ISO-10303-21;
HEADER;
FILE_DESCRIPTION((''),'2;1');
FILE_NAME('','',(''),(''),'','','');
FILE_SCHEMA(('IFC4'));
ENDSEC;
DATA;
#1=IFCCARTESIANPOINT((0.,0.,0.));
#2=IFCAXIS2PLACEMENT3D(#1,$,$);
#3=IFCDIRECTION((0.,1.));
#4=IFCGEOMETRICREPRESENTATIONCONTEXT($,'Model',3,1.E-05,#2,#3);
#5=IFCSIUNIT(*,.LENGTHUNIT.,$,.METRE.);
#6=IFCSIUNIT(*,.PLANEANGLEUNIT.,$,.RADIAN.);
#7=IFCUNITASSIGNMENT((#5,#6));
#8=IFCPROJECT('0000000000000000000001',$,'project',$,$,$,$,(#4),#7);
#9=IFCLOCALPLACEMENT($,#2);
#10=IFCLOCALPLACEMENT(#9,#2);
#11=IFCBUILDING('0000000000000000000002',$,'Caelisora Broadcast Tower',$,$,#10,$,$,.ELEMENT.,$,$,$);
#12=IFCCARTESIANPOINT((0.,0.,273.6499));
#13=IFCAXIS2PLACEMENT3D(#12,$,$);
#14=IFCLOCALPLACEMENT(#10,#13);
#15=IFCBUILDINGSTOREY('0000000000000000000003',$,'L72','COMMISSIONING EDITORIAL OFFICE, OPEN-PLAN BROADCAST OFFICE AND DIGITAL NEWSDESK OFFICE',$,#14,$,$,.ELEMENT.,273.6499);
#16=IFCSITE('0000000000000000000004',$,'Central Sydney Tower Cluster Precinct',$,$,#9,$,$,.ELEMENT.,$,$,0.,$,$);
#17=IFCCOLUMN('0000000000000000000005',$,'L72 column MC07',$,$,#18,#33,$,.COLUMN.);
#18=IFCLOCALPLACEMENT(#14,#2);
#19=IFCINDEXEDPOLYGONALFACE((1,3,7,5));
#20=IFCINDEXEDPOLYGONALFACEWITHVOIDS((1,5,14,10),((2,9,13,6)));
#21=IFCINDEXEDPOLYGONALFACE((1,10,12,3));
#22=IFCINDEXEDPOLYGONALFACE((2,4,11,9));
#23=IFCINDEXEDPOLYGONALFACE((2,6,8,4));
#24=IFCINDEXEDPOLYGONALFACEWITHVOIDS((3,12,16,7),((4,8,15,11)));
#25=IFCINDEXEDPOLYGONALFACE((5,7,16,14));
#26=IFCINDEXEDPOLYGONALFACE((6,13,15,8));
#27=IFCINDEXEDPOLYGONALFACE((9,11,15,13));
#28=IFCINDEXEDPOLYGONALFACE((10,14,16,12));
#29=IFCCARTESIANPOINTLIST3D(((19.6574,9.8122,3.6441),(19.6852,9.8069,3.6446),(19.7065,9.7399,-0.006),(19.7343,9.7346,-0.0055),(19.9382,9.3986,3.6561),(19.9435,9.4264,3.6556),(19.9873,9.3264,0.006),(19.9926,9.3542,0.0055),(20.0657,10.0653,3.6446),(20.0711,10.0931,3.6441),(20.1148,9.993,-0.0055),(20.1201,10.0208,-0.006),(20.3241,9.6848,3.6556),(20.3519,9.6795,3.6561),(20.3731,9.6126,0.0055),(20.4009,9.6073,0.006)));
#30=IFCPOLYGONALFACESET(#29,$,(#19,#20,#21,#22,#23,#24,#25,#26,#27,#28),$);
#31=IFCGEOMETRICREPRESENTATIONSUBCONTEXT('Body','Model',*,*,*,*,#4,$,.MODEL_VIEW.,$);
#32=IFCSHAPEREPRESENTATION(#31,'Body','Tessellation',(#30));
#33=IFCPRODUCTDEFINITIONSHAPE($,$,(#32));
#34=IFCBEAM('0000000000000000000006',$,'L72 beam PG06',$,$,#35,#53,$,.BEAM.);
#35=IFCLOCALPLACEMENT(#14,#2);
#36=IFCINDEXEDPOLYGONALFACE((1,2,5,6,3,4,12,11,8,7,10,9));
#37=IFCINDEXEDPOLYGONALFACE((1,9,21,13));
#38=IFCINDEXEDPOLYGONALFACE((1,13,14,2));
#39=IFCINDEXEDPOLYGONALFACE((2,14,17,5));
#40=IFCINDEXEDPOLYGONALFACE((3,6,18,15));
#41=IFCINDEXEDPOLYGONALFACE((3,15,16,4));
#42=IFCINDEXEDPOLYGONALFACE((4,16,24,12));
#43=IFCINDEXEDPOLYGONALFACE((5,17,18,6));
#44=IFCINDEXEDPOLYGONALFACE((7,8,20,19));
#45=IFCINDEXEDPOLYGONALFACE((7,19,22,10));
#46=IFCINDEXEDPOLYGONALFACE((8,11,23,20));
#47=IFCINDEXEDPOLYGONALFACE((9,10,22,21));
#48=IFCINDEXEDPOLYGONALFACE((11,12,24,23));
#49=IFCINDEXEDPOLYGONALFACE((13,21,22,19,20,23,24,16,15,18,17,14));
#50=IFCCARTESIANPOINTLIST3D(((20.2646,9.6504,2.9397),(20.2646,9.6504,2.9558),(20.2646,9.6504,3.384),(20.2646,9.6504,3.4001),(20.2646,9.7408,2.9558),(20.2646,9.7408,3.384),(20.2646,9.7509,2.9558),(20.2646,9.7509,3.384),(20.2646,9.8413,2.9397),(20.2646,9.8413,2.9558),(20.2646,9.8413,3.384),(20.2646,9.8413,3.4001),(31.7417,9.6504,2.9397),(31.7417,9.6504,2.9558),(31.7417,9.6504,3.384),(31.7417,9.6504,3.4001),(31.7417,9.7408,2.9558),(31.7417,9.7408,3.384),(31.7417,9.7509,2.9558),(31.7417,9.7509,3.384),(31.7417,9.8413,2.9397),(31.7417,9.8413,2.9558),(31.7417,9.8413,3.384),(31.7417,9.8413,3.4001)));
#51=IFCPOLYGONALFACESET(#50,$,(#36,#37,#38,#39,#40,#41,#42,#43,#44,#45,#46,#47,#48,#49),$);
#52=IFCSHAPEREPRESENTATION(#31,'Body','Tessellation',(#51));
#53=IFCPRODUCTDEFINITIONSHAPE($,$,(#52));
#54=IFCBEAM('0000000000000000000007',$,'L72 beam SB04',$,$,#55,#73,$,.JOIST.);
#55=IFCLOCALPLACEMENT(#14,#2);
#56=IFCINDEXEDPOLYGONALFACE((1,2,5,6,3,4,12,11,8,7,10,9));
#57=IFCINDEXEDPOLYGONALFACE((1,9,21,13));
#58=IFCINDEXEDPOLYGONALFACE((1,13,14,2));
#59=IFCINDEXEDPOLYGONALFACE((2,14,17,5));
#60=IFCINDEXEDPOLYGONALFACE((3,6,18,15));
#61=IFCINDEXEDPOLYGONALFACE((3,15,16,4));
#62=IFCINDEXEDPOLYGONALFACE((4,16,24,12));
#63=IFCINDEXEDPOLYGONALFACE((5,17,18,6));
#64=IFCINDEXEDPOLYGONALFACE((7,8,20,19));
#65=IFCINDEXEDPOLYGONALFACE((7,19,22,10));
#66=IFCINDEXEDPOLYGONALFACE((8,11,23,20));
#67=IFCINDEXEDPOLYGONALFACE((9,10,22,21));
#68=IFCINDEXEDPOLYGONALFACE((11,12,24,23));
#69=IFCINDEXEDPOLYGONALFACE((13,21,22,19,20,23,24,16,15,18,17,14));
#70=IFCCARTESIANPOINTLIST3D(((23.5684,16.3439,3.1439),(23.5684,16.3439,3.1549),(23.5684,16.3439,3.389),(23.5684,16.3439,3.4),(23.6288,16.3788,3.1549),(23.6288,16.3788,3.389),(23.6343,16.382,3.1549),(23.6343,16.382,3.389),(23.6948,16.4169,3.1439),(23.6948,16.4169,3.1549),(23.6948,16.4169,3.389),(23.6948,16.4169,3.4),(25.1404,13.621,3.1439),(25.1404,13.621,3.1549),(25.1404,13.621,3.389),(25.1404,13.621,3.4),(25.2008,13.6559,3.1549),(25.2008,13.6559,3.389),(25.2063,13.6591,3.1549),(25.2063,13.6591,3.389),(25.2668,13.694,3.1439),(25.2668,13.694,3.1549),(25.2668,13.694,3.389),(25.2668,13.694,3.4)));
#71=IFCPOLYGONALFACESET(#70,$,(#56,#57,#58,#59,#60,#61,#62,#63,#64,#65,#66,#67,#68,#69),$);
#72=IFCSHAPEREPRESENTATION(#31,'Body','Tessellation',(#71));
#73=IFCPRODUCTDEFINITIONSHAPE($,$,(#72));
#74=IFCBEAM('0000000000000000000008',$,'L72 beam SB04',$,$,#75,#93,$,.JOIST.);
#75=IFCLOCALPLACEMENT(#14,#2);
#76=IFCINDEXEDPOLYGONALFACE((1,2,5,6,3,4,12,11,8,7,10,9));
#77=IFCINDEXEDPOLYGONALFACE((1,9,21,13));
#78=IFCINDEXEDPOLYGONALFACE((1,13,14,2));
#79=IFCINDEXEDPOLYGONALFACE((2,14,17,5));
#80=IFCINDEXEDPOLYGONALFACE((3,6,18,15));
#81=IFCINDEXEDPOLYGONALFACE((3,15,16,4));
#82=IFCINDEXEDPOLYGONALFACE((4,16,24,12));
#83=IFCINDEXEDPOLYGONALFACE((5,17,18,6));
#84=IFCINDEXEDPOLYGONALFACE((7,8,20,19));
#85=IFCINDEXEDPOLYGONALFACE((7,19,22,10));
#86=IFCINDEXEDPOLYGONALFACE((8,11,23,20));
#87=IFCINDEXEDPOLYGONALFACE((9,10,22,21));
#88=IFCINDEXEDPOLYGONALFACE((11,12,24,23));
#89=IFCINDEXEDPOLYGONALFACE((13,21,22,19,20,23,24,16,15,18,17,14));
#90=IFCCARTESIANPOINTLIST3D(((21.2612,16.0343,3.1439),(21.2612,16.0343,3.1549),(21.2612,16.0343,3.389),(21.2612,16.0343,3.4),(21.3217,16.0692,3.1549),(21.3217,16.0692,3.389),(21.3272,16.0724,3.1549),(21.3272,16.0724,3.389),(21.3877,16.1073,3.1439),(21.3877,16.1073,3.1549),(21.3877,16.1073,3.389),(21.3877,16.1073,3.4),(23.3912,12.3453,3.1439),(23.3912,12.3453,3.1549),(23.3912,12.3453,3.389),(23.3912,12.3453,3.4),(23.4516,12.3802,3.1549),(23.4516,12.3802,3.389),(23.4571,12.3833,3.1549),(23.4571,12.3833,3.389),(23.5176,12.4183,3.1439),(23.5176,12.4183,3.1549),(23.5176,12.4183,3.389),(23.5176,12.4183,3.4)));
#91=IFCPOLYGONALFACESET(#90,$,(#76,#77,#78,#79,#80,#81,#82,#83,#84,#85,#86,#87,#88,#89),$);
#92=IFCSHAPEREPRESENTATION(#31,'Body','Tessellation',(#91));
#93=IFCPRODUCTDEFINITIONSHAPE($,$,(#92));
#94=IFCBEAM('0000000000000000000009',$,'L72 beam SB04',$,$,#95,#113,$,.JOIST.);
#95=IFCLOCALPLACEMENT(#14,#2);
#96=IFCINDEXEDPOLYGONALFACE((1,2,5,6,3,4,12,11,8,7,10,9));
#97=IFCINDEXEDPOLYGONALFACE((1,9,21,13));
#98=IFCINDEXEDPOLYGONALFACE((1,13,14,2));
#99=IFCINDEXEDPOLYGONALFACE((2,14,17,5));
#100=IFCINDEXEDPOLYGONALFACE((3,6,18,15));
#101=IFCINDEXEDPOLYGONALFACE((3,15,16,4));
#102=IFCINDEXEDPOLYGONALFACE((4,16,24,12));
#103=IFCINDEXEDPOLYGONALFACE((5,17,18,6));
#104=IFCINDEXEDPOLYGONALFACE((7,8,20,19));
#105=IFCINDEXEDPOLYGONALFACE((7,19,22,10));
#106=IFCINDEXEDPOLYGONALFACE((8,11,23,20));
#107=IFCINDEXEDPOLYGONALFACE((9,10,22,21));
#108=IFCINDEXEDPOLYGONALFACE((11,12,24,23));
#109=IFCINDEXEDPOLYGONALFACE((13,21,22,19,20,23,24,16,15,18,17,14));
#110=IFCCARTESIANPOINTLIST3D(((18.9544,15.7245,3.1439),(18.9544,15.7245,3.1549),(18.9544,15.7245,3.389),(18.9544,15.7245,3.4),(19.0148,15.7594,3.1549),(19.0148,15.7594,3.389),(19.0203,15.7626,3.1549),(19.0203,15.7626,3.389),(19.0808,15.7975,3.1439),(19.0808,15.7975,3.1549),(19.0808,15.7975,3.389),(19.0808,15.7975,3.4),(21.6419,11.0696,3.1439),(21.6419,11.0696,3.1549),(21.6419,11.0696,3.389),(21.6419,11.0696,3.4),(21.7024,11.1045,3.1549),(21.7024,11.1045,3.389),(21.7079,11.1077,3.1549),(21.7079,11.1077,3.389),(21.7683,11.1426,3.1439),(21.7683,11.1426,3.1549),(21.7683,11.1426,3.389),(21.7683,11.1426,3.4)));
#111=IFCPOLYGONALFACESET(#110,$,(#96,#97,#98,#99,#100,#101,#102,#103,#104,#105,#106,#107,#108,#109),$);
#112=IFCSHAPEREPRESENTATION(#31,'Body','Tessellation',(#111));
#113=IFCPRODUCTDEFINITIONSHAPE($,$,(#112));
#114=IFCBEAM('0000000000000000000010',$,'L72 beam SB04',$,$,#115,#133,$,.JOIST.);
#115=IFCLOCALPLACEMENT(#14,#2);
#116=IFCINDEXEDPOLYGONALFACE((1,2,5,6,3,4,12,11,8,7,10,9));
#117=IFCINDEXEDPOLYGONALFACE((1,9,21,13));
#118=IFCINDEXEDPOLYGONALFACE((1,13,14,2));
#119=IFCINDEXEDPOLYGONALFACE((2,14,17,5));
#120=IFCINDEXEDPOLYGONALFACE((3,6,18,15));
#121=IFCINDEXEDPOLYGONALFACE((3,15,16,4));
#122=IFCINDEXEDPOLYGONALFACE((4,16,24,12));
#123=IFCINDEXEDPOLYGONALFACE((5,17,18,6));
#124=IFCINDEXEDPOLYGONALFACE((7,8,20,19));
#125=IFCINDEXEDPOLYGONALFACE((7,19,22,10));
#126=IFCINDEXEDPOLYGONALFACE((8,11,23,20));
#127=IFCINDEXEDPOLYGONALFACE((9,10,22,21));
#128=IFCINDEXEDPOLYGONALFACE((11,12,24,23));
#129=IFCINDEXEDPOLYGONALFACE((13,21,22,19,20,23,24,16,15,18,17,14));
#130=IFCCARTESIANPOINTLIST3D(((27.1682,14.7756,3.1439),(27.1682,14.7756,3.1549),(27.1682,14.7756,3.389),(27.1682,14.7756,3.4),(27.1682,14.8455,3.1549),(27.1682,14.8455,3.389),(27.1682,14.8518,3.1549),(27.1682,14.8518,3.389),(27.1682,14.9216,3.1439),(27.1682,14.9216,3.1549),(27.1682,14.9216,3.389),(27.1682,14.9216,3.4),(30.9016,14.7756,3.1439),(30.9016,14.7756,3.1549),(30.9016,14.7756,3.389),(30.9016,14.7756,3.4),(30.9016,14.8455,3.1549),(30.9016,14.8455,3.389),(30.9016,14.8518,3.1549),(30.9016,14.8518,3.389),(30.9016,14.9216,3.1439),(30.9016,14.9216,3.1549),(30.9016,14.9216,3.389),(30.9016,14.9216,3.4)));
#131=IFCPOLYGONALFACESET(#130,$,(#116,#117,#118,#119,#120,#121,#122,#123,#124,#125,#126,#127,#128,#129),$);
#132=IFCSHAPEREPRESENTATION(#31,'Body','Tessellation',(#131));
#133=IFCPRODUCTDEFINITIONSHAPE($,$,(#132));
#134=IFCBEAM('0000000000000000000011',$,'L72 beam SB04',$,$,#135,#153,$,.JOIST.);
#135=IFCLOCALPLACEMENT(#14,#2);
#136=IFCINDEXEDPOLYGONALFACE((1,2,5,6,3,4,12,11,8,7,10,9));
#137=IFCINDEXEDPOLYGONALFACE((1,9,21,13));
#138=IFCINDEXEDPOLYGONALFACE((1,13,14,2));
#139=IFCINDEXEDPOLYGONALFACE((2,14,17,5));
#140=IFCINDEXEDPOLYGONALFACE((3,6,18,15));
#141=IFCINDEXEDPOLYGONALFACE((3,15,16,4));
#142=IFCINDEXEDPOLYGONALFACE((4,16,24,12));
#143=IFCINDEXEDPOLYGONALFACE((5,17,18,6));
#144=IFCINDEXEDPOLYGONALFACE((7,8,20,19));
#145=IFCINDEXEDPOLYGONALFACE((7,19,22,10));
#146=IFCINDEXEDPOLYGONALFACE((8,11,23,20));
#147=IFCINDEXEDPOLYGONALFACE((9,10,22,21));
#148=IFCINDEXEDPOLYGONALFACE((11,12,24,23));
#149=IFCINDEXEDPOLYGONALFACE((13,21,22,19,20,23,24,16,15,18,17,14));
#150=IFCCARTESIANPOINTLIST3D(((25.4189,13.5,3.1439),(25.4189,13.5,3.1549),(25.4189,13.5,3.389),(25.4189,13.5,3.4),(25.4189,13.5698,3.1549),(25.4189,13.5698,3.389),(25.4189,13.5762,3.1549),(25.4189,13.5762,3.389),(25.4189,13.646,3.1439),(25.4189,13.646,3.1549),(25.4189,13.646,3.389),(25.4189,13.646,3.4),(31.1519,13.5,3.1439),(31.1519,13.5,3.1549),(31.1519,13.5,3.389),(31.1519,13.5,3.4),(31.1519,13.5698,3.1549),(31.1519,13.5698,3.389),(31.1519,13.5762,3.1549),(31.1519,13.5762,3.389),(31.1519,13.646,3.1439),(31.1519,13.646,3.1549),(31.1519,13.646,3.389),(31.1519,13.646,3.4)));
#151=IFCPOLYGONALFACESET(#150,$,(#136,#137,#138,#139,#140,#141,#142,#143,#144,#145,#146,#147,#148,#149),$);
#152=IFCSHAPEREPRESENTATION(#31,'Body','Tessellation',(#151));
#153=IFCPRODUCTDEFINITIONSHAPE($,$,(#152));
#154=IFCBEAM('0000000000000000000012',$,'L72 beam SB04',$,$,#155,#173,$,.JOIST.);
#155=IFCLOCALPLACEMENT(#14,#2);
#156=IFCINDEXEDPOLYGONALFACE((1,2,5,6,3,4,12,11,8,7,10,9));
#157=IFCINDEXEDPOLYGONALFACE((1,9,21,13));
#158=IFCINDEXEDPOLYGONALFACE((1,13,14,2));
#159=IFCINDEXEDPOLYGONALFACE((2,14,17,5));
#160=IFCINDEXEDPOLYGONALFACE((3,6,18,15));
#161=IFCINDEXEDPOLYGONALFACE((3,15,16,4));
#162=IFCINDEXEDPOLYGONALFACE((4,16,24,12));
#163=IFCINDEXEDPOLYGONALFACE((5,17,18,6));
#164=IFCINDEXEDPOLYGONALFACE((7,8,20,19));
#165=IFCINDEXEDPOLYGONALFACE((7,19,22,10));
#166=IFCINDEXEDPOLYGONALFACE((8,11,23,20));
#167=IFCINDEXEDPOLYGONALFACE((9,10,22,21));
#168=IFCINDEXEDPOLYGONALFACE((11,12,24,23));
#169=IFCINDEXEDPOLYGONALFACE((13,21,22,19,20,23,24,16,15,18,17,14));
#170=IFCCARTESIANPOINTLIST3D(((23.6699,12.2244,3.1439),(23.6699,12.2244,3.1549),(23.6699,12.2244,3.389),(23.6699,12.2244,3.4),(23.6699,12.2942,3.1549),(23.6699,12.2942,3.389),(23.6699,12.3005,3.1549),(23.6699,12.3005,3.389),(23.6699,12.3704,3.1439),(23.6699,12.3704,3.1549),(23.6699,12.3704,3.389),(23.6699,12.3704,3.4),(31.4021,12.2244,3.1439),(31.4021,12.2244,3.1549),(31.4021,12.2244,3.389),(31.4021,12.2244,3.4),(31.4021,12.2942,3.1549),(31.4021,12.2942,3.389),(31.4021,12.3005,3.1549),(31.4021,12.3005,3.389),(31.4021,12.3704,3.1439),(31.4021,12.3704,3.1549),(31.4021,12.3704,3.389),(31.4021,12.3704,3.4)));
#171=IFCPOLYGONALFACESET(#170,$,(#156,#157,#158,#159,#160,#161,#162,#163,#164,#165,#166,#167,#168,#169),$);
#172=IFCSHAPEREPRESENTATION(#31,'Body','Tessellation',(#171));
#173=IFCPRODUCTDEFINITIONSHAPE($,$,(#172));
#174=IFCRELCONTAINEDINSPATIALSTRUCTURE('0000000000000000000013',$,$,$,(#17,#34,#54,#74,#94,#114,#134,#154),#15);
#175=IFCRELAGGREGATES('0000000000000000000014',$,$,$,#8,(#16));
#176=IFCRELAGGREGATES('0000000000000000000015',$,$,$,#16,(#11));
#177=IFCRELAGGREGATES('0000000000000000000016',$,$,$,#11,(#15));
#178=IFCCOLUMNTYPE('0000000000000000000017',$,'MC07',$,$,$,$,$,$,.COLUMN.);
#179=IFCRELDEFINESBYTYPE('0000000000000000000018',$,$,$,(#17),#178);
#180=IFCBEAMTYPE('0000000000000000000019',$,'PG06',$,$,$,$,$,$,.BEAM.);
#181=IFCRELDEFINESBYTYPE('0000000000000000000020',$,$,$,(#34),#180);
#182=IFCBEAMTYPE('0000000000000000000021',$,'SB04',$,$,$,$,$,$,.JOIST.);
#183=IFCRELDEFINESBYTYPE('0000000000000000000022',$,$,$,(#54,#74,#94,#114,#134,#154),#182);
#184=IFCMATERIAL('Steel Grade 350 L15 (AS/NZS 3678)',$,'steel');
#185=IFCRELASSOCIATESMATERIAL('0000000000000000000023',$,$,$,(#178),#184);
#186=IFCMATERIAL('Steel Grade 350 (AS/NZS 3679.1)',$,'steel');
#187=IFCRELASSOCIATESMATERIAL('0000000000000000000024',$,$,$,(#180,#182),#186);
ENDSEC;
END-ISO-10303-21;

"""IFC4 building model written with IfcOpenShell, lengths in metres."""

from ifc_helpers import new_model, si_unit, direction, frame, origin, origin_2d, place, context, subcontext, project, spatial, hollow_rectangle, i_section, extrude, source, transform, mapped, material, material_profile, profile_set, type_object, type_shapes, element, save


model = new_model("IFC4")

# Units and contexts
model_context = context("Model", 3, precision=1e-05, world=origin(), true_north=direction((0.0, 1.0)))
body_context = subcontext(model_context, "Body", "Model", "MODEL_VIEW")
ifc_project = project(units=[si_unit("LENGTHUNIT", "METRE"), si_unit("PLANEANGLEUNIT", "RADIAN")], contexts=[model_context])

# Site, building, storey
site_placement = place(None, origin())
site = spatial("IfcSite", under=ifc_project, at=site_placement, Name="Central Sydney Tower Cluster Precinct", CompositionType="ELEMENT", RefElevation=0.0)
building_placement = place(site_placement, origin())
building = spatial("IfcBuilding", under=site, at=building_placement, Name="Caelisora Broadcast Tower", CompositionType="ELEMENT")
storey_placement = place(building_placement, frame((0.0, 0.0, 273.6499)))
storey = spatial("IfcBuildingStorey", under=building, at=storey_placement, Name="L72", Description="COMMISSIONING EDITORIAL OFFICE, OPEN-PLAN BROADCAST OFFICE AND DIGITAL NEWSDESK OFFICE", CompositionType="ELEMENT", Elevation=273.6499)

# Column
ifc_material_1 = material(Name="Steel Grade 350 L15 (AS/NZS 3678)", Category="steel")
ifc_material_profile_1 = material_profile(ifc_material_1, hollow_rectangle(XDim=0.5, YDim=0.5, WallThickness=0.02, at=origin_2d()), Name="Steel Grade 350 L15 (AS/NZS 3678)")
ifc_profile_set_1 = profile_set([ifc_material_profile_1], Name="Steel Grade 350 L15 (AS/NZS 3678)")
column_type = type_object("IfcColumnType", Name="MC07", PredefinedType="COLUMN", material=ifc_profile_set_1)
shared_shape_1 = source(origin(), body_context, "Body", "SweptSolid", [
    extrude(hollow_rectangle(XDim=0.5, YDim=0.5, WallThickness=0.02, at=origin_2d()), origin(), (0.0, 0.0, 1.0), 3.6511),
])
type_shapes(column_type, [shared_shape_1])
column_placement = place(storey_placement, frame((20.0537, 9.6736, 0.0), z_axis=(-0.01344, 0.019792, 0.999714), x_axis=(-0.82729, -0.561775, 0.0)))
element("IfcColumn", 1, at=column_placement, inside=storey, type_object=column_type, Name="L72 column MC07", PredefinedType="COLUMN", context=body_context, shape_type="MappedRepresentation", body=[
    mapped(shared_shape_1, transform((0.0, 0.0, 0.0), scale=1.0)),
])

# Beams
ifc_material_2 = material(Name="Steel Grade 350 (AS/NZS 3679.1)", Category="steel")
ifc_material_profile_2 = material_profile(ifc_material_2, i_section(OverallWidth=0.1909, OverallDepth=0.4604, WebThickness=0.01, FlangeThickness=0.0161, at=origin_2d()), Name="Steel Grade 350 (AS/NZS 3679.1)")
ifc_profile_set_2 = profile_set([ifc_material_profile_2], Name="Steel Grade 350 (AS/NZS 3679.1)")
beam_type_1 = type_object("IfcBeamType", Name="PG06", PredefinedType="BEAM", material=ifc_profile_set_2)
shared_shape_2 = source(origin(), body_context, "Body", "SweptSolid", [
    extrude(i_section(OverallWidth=0.1909, OverallDepth=0.4604, WebThickness=0.01, FlangeThickness=0.0161, at=origin_2d()), origin(), (0.0, 0.0, 1.0), 11.4771),
])
type_shapes(beam_type_1, [shared_shape_2])
beam_1_placement = place(storey_placement, frame((20.2646, 9.7458, 3.1699), z_axis=(1.0, 0.0, 0.0), x_axis=(0.0, 1.0, 0.0)))
element("IfcBeam", 2, at=beam_1_placement, inside=storey, type_object=beam_type_1, Name="L72 beam PG06", PredefinedType="BEAM", context=body_context, shape_type="MappedRepresentation", body=[
    mapped(shared_shape_2, transform((0.0, 0.0, 0.0), scale=1.0)),
])
ifc_material_profile_3 = material_profile(ifc_material_2, i_section(OverallWidth=0.146, OverallDepth=0.2561, WebThickness=0.0063, FlangeThickness=0.011, at=origin_2d()), Name="Steel Grade 350 (AS/NZS 3679.1)")
ifc_profile_set_3 = profile_set([ifc_material_profile_3], Name="Steel Grade 350 (AS/NZS 3679.1)")
beam_type_2 = type_object("IfcBeamType", Name="SB04", PredefinedType="JOIST", material=ifc_profile_set_3)
shared_shape_3 = source(origin(), body_context, "Body", "SweptSolid", [
    extrude(i_section(OverallWidth=0.146, OverallDepth=0.2561, WebThickness=0.0063, FlangeThickness=0.011, at=origin_2d()), origin(), (0.0, 0.0, 1.0), 3.144),
])
beam_2_placement = place(storey_placement, frame((23.6316, 16.3804, 3.272), z_axis=(0.499989, -0.866032, 0.0), x_axis=(0.866032, 0.499989, 0.0)))
element("IfcBeam", 3, at=beam_2_placement, inside=storey, type_object=beam_type_2, Name="L72 beam SB04", PredefinedType="JOIST", context=body_context, shape_type="MappedRepresentation", body=[
    mapped(shared_shape_3, transform((0.0, 0.0, 0.0), scale=1.0)),
])
shared_shape_4 = source(origin(), body_context, "Body", "SweptSolid", [
    extrude(i_section(OverallWidth=0.146, OverallDepth=0.2561, WebThickness=0.0063, FlangeThickness=0.011, at=origin_2d()), origin(), (0.0, 0.0, 1.0), 4.2598),
])
beam_3_placement = place(storey_placement, frame((21.3245, 16.0708, 3.272), z_axis=(0.50001, -0.86602, 0.0), x_axis=(0.86602, 0.50001, 0.0)))
element("IfcBeam", 4, at=beam_3_placement, inside=storey, type_object=beam_type_2, Name="L72 beam SB04", PredefinedType="JOIST", context=body_context, shape_type="MappedRepresentation", body=[
    mapped(shared_shape_4, transform((0.0, 0.0, 0.0), scale=1.0)),
])
shared_shape_5 = source(origin(), body_context, "Body", "SweptSolid", [
    extrude(i_section(OverallWidth=0.146, OverallDepth=0.2561, WebThickness=0.0063, FlangeThickness=0.011, at=origin_2d()), origin(), (0.0, 0.0, 1.0), 5.375),
])
beam_4_placement = place(storey_placement, frame((19.0176, 15.761, 3.272), z_axis=(0.500008, -0.866021, 0.0), x_axis=(0.866021, 0.500008, 0.0)))
element("IfcBeam", 5, at=beam_4_placement, inside=storey, type_object=beam_type_2, Name="L72 beam SB04", PredefinedType="JOIST", context=body_context, shape_type="MappedRepresentation", body=[
    mapped(shared_shape_5, transform((0.0, 0.0, 0.0), scale=1.0)),
])
shared_shape_6 = source(origin(), body_context, "Body", "SweptSolid", [
    extrude(i_section(OverallWidth=0.146, OverallDepth=0.2561, WebThickness=0.0063, FlangeThickness=0.011, at=origin_2d()), origin(), (0.0, 0.0, 1.0), 3.7334),
])
beam_5_placement = place(storey_placement, frame((27.1682, 14.8486, 3.272), z_axis=(1.0, 0.0, 0.0), x_axis=(0.0, 1.0, 0.0)))
element("IfcBeam", 6, at=beam_5_placement, inside=storey, type_object=beam_type_2, Name="L72 beam SB04", PredefinedType="JOIST", context=body_context, shape_type="MappedRepresentation", body=[
    mapped(shared_shape_6, transform((0.0, 0.0, 0.0), scale=1.0)),
])
shared_shape_7 = source(origin(), body_context, "Body", "SweptSolid", [
    extrude(i_section(OverallWidth=0.146, OverallDepth=0.2561, WebThickness=0.0063, FlangeThickness=0.011, at=origin_2d()), origin(), (0.0, 0.0, 1.0), 5.7329),
])
beam_6_placement = place(storey_placement, frame((25.4189, 13.573, 3.272), z_axis=(1.0, 0.0, 0.0), x_axis=(0.0, 1.0, 0.0)))
element("IfcBeam", 7, at=beam_6_placement, inside=storey, type_object=beam_type_2, Name="L72 beam SB04", PredefinedType="JOIST", context=body_context, shape_type="MappedRepresentation", body=[
    mapped(shared_shape_7, transform((0.0, 0.0, 0.0), scale=1.0)),
])
shared_shape_8 = source(origin(), body_context, "Body", "SweptSolid", [
    extrude(i_section(OverallWidth=0.146, OverallDepth=0.2561, WebThickness=0.0063, FlangeThickness=0.011, at=origin_2d()), origin(), (0.0, 0.0, 1.0), 7.7322),
])
beam_7_placement = place(storey_placement, frame((23.6699, 12.2974, 3.272), z_axis=(1.0, 0.0, 0.0), x_axis=(0.0, 1.0, 0.0)))
element("IfcBeam", 8, at=beam_7_placement, inside=storey, type_object=beam_type_2, Name="L72 beam SB04", PredefinedType="JOIST", context=body_context, shape_type="MappedRepresentation", body=[
    mapped(shared_shape_8, transform((0.0, 0.0, 0.0), scale=1.0)),
])

save(model, "model.ifc")
